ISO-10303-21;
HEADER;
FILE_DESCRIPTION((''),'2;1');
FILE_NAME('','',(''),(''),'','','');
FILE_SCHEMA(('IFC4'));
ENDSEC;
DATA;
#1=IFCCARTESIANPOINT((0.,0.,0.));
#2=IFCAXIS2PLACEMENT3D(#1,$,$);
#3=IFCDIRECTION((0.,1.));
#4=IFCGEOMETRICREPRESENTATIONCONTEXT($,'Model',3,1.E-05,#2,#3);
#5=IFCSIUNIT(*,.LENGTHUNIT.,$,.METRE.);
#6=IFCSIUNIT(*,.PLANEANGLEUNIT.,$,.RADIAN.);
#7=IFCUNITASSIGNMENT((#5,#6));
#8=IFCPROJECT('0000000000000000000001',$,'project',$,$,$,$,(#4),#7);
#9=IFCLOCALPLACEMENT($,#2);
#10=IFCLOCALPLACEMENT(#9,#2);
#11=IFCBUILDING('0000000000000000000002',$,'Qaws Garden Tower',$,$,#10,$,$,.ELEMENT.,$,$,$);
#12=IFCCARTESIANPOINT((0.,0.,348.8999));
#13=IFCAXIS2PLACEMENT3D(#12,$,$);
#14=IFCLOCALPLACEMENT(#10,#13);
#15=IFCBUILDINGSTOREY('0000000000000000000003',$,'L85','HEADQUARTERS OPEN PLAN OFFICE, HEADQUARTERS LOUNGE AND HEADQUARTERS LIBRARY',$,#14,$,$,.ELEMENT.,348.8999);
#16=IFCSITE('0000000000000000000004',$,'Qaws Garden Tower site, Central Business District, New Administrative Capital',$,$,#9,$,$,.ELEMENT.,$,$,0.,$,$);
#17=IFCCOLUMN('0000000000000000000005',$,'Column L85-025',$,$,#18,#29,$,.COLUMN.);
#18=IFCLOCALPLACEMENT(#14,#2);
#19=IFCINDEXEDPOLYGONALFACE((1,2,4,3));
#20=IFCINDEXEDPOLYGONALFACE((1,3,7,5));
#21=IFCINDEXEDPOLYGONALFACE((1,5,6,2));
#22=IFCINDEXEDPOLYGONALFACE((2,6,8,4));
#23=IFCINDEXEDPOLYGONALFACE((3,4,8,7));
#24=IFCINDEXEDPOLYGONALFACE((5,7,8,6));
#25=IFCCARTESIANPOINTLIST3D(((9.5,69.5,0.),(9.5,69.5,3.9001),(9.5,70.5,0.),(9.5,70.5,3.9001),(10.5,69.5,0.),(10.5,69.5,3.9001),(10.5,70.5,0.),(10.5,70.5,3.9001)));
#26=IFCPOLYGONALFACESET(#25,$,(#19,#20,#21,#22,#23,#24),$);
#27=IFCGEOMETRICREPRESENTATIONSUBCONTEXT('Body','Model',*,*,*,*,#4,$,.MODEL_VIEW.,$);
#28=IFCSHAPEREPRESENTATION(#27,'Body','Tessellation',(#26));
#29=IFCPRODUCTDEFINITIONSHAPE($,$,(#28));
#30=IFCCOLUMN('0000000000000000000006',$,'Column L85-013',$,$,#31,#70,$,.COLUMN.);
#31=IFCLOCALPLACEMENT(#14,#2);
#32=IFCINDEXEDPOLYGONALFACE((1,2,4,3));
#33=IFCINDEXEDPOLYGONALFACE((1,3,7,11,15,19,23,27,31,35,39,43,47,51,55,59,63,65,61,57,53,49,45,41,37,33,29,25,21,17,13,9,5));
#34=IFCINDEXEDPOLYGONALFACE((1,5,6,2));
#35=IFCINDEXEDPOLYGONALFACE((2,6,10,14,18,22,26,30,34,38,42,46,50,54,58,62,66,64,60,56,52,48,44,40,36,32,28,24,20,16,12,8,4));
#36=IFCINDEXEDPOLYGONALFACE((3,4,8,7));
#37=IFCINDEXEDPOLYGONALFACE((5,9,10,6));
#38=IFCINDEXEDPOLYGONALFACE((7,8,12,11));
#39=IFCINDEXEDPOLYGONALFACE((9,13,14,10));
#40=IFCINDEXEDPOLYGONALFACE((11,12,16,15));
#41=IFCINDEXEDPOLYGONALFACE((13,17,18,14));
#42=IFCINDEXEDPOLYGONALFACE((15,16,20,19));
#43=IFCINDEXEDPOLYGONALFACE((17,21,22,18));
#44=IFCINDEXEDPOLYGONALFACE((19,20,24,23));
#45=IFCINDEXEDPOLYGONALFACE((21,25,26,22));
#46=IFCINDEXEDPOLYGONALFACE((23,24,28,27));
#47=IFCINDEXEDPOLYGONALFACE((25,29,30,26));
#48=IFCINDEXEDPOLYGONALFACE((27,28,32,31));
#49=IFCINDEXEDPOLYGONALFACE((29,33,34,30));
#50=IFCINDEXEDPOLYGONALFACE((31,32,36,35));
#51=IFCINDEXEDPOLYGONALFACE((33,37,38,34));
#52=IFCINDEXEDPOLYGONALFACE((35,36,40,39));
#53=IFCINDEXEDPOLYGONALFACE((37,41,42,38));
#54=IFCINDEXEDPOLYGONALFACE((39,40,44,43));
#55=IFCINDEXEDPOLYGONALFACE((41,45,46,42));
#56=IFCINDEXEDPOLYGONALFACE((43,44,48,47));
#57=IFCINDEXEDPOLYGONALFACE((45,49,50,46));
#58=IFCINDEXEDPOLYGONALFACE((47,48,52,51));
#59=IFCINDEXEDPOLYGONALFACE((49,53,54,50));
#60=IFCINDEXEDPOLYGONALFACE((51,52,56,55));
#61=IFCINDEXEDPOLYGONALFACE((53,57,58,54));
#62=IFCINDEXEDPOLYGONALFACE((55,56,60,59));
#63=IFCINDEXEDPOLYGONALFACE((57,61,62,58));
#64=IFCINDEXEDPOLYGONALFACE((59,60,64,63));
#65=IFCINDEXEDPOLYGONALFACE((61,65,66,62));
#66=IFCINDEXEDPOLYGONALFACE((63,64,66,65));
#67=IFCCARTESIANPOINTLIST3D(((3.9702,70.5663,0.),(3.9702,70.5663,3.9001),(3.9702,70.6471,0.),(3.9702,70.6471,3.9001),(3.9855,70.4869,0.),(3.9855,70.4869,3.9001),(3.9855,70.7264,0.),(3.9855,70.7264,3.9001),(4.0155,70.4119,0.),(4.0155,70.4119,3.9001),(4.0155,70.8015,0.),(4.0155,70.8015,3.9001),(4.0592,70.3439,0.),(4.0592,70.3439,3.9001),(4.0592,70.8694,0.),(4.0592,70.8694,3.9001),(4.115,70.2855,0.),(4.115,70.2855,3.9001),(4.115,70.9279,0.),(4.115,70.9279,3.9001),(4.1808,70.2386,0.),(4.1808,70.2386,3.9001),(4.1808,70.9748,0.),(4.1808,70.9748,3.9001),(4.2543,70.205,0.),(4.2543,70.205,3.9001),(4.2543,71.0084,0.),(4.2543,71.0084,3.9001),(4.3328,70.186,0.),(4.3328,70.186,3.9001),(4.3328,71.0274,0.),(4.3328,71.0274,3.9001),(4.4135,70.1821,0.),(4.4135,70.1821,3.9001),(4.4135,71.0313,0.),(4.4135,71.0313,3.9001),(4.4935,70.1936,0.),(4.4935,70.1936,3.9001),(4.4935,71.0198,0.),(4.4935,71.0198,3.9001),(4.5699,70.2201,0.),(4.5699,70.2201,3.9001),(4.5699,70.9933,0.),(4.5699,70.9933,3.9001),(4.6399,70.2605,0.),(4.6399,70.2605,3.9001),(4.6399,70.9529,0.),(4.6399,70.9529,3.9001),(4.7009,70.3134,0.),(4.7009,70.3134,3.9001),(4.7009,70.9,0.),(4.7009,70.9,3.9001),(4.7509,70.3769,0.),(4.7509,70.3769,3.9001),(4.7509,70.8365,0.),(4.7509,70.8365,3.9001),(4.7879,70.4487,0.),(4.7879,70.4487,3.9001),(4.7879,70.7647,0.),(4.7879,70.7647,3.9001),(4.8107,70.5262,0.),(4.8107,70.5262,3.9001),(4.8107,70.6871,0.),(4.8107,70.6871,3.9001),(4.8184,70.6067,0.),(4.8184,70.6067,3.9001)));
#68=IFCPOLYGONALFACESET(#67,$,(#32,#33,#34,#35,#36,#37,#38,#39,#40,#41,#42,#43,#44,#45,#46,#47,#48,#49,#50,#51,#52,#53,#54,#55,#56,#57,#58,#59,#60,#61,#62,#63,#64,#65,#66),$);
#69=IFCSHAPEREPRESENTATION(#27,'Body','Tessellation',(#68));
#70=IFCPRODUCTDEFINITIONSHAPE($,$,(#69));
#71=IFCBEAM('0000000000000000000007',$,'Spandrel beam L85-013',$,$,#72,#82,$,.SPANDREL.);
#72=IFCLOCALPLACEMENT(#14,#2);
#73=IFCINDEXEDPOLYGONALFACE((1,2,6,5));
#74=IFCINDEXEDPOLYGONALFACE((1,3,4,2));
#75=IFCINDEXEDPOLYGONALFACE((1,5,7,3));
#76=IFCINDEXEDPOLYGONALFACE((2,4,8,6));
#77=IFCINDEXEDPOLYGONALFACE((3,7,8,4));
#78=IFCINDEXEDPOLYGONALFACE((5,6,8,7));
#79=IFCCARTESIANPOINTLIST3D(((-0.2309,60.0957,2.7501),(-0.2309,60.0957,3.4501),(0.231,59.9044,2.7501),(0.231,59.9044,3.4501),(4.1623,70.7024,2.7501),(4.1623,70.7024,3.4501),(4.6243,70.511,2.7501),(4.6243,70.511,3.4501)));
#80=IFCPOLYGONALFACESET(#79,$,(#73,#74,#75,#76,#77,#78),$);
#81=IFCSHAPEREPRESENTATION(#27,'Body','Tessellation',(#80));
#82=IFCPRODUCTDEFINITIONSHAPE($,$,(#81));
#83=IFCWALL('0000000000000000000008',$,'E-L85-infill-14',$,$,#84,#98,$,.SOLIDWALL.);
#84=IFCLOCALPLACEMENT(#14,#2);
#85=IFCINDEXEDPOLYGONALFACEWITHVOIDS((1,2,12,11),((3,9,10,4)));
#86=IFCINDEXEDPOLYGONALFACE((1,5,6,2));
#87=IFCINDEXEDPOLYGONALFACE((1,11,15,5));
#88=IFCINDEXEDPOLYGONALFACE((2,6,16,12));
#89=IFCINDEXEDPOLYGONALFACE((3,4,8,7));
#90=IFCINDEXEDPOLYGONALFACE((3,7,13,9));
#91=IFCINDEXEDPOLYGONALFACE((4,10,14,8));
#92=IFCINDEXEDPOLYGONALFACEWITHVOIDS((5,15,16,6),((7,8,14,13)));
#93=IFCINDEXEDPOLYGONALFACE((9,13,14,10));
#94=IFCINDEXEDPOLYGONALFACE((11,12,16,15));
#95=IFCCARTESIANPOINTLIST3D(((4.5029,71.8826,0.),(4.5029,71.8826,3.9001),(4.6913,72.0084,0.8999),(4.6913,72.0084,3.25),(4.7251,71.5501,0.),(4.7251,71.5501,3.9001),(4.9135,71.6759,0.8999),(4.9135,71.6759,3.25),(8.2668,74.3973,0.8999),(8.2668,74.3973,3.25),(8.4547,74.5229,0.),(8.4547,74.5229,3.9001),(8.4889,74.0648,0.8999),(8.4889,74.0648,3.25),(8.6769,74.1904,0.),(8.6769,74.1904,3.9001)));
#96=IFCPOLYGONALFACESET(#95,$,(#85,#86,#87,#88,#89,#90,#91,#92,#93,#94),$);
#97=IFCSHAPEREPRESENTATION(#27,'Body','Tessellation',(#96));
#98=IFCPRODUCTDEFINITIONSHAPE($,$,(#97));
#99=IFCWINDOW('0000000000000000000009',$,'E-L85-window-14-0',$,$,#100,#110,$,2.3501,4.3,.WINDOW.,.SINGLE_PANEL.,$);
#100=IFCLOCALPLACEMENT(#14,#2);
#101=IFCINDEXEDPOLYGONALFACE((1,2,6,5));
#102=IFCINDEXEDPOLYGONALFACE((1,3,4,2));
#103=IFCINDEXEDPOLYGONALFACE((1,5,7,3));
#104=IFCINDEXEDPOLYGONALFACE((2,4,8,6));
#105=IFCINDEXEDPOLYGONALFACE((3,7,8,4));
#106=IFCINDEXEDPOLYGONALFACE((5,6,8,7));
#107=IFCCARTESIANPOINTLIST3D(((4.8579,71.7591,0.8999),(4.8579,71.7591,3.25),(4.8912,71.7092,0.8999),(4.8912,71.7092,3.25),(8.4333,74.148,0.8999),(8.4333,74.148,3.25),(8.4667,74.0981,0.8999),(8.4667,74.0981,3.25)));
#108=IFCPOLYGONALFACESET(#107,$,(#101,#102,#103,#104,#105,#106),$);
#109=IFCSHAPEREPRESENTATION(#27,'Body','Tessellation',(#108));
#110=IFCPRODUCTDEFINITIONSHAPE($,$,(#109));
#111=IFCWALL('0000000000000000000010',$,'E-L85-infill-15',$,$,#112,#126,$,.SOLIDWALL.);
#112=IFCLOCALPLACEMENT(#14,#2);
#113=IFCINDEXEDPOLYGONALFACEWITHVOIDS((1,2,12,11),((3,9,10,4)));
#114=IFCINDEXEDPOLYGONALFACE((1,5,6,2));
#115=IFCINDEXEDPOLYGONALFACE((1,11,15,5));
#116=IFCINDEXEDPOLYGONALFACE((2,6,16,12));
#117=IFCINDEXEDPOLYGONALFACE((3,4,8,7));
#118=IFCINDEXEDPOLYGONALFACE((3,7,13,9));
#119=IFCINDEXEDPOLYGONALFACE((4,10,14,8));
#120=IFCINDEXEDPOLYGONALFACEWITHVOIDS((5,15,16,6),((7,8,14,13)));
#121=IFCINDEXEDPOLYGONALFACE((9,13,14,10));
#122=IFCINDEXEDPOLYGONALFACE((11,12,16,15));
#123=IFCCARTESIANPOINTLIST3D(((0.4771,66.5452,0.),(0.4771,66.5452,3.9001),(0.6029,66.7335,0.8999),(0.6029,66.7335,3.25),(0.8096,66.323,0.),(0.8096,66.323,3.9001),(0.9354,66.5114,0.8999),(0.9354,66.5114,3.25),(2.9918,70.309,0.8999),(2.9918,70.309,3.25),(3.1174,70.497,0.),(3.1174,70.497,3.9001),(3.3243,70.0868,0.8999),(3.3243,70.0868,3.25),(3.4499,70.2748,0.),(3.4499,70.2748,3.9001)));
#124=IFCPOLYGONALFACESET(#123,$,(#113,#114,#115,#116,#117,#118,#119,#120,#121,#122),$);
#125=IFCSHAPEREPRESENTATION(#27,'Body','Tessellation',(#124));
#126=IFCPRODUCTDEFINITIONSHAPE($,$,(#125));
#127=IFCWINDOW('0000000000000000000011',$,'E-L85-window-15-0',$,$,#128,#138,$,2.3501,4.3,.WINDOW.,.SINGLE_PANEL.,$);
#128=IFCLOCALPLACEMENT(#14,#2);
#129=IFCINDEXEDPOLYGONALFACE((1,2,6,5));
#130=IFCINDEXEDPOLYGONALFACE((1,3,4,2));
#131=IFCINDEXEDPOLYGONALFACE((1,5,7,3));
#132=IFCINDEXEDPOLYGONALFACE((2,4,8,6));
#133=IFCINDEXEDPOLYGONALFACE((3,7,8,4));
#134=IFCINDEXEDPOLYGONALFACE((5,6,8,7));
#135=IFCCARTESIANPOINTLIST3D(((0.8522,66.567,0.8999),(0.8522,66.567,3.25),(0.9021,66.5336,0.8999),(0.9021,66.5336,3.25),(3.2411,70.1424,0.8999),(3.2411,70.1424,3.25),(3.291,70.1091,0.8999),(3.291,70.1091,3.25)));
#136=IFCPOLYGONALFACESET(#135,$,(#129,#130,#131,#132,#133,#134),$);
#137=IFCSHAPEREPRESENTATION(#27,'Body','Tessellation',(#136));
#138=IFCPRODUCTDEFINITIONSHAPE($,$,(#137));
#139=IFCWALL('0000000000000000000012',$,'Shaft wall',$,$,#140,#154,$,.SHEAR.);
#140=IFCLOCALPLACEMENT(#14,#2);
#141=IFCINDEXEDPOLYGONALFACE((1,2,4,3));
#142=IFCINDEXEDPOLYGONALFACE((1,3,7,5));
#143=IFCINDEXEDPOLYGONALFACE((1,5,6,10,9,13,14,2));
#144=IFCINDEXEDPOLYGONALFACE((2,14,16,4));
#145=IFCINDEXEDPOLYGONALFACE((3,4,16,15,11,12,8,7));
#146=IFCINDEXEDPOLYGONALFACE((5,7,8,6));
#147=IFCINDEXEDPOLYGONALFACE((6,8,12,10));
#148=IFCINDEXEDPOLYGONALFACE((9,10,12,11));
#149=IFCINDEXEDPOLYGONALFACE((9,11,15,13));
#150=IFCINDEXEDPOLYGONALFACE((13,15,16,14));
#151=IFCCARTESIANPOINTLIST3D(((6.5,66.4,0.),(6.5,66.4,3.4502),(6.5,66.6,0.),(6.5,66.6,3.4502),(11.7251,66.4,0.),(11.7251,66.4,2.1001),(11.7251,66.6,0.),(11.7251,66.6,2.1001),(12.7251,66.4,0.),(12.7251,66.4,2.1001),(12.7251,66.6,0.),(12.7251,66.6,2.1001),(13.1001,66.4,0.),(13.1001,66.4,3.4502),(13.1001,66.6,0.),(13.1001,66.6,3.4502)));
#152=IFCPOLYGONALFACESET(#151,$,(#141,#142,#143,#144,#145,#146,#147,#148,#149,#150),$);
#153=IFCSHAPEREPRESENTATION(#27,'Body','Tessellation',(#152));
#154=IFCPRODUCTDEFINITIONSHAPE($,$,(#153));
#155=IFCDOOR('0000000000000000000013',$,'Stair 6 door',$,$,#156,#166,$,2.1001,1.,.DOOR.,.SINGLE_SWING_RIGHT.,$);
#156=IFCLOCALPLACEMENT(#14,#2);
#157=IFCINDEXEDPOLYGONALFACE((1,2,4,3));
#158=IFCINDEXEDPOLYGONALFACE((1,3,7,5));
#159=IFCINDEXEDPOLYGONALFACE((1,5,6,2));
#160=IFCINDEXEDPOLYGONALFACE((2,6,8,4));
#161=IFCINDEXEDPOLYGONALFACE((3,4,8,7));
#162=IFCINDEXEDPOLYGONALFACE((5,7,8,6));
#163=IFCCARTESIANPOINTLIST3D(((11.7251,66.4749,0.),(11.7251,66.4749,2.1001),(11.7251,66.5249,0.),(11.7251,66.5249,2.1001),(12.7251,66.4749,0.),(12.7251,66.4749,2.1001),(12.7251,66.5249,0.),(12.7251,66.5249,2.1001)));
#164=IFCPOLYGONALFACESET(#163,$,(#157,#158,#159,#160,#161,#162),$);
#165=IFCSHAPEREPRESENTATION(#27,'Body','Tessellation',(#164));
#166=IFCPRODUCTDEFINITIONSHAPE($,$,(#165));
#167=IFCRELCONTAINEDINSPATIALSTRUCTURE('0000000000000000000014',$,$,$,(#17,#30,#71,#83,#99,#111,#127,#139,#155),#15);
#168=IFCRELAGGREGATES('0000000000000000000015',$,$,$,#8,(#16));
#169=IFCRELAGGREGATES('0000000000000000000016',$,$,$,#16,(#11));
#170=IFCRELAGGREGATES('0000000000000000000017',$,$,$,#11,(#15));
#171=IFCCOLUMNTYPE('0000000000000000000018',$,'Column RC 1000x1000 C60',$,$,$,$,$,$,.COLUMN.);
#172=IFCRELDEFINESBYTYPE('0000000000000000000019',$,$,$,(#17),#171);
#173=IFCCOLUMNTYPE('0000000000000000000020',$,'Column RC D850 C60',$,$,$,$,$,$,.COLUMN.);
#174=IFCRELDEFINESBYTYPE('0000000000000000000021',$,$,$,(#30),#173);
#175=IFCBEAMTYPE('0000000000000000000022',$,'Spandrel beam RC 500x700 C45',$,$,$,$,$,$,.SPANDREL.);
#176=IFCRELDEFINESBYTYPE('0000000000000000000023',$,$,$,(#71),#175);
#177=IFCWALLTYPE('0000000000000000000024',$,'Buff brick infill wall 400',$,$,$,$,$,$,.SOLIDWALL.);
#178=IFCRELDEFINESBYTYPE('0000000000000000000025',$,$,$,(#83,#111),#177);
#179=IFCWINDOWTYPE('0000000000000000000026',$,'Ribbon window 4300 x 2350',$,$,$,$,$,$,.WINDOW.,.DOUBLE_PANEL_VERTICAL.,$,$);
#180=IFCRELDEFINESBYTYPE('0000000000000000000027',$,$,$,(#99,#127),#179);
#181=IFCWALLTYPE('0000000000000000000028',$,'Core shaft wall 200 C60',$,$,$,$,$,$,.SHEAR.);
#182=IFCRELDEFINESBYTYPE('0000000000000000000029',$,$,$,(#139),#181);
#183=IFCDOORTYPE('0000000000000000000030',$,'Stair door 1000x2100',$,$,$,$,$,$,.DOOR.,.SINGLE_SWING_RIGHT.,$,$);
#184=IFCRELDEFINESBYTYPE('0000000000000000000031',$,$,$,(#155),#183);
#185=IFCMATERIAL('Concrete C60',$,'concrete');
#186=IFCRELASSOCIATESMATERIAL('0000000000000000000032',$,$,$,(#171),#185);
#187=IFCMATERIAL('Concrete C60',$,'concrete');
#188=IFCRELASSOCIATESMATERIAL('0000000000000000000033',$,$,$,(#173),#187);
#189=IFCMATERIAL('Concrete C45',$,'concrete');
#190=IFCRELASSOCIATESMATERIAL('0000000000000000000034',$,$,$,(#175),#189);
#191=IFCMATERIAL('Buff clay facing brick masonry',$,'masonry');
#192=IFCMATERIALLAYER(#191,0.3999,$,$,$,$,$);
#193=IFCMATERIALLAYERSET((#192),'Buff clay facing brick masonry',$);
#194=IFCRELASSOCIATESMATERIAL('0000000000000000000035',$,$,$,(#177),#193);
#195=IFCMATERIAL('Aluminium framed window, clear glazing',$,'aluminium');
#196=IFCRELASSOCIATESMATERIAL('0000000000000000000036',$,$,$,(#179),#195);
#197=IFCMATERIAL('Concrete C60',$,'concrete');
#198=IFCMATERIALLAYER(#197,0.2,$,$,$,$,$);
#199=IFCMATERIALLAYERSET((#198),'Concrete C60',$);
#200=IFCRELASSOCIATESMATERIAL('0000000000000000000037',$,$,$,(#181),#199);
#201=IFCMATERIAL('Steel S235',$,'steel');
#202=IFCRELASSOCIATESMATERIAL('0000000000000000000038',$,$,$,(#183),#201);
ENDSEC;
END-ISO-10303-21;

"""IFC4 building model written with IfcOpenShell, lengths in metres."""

from ifc_helpers import new_model, si_unit, direction, frame, frame_2d, origin, origin_2d, place, context, subcontext, project, spatial, rectangle, circle, extrude, material, layer, layer_set, material_profile, profile_set, type_object, element, fill, save


model = new_model("IFC4")

# Units and contexts
model_context = context("Model", 3, precision=1e-05, world=origin(), true_north=direction((0.0, 1.0)))
body_context = subcontext(model_context, "Body", "Model", "MODEL_VIEW")
ifc_project = project(units=[si_unit("LENGTHUNIT", "METRE"), si_unit("PLANEANGLEUNIT", "RADIAN")], contexts=[model_context])

# Site, building, storey
site_placement = place(None, origin())
site = spatial("IfcSite", under=ifc_project, at=site_placement, Name="Qaws Garden Tower site, Central Business District, New Administrative Capital", CompositionType="ELEMENT", RefElevation=0.0)
building_placement = place(site_placement, origin())
building = spatial("IfcBuilding", under=site, at=building_placement, Name="Qaws Garden Tower", CompositionType="ELEMENT")
storey_placement = place(building_placement, frame((0.0, 0.0, 348.8999)))
storey = spatial("IfcBuildingStorey", under=building, at=storey_placement, Name="L85", Description="HEADQUARTERS OPEN PLAN OFFICE, HEADQUARTERS LOUNGE AND HEADQUARTERS LIBRARY", CompositionType="ELEMENT", Elevation=348.8999)

# Columns
ifc_material_1 = material(Name="Concrete C60", Category="concrete")
ifc_material_profile_1 = material_profile(ifc_material_1, rectangle(XDim=1.0, YDim=1.0, at=origin_2d()), Name="RC 1000x1000")
ifc_profile_set_1 = profile_set([ifc_material_profile_1], Name="Concrete C60")
column_type_1 = type_object("IfcColumnType", Name="Column RC 1000x1000 C60", PredefinedType="COLUMN", material=ifc_profile_set_1)
column_1_placement = place(storey_placement, frame((10.0, 70.0, 0.0), z_axis=(0.0, 0.0, 1.0), x_axis=(1.0, 0.0, 0.0)))
element("IfcColumn", 1, at=column_1_placement, inside=storey, type_object=column_type_1, Name="Column L85-025", PredefinedType="COLUMN", context=body_context, shape_type="SweptSolid", body=[
    extrude(rectangle(XDim=1.0, YDim=1.0, at=origin_2d()), origin(), (0.0, 0.0, 1.0), 3.9001),
])
ifc_material_2 = material(Name="Concrete C60", Category="concrete")
ifc_material_profile_2 = material_profile(ifc_material_2, circle(Radius=0.425, at=origin_2d()), Name="RC D850")
ifc_profile_set_2 = profile_set([ifc_material_profile_2], Name="Concrete C60")
column_type_2 = type_object("IfcColumnType", Name="Column RC D850 C60", PredefinedType="COLUMN", material=ifc_profile_set_2)
column_2_placement = place(storey_placement, frame((4.3933, 70.6067, 0.0), z_axis=(0.0, 0.0, 1.0), x_axis=(1.0, 0.0, 0.0)))
element("IfcColumn", 2, at=column_2_placement, inside=storey, type_object=column_type_2, Name="Column L85-013", PredefinedType="COLUMN", context=body_context, shape_type="SweptSolid", body=[
    extrude(circle(Radius=0.425, at=origin_2d()), origin(), (0.0, 0.0, 1.0), 3.9001),
])

# Beam
ifc_material_3 = material(Name="Concrete C45", Category="concrete")
ifc_material_profile_3 = material_profile(ifc_material_3, rectangle(XDim=0.5, YDim=0.7, at=origin_2d()), Name="RC 500x700")
ifc_profile_set_3 = profile_set([ifc_material_profile_3], Name="Concrete C45")
beam_type = type_object("IfcBeamType", Name="Spandrel beam RC 500x700 C45", PredefinedType="SPANDREL", material=ifc_profile_set_3)
beam_placement = place(storey_placement, frame((4.3933, 70.6067, 3.1001), z_axis=(-0.382674, -0.923883, 0.0), x_axis=(0.923883, -0.382674, 0.0)))
element("IfcBeam", 3, at=beam_placement, inside=storey, type_object=beam_type, Name="Spandrel beam L85-013", PredefinedType="SPANDREL", context=body_context, shape_type="SweptSolid", body=[
    extrude(rectangle(XDim=0.5, YDim=0.7, at=origin_2d()), origin(), (0.0, 0.0, 1.0), 11.4805),
])

# Walls, openings, windows
ifc_material_4 = material(Name="Buff clay facing brick masonry", Category="masonry")
ifc_layer_1 = layer(ifc_material_4, 0.3999)
ifc_layer_set_1 = layer_set([ifc_layer_1], Name="Buff clay facing brick masonry")
wall_type_1 = type_object("IfcWallType", Name="Buff brick infill wall 400", PredefinedType="SOLIDWALL", material=ifc_layer_set_1)
wall_1_placement = place(storey_placement, frame((8.5659, 74.3567, 0.0), z_axis=(0.0, 0.0, 1.0), x_axis=(-0.831489, -0.555542, 0.0)))
wall_1 = element("IfcWall", 4, at=wall_1_placement, inside=storey, type_object=wall_type_1, Name="E-L85-infill-14", PredefinedType="SOLIDWALL", context=body_context, shape_type="SweptSolid", body=[
    extrude(rectangle(XDim=4.7527, YDim=0.3999, at=frame_2d((2.3765, 0.0))), origin(), (0.0, 0.0, 1.0), 3.9001),
])
opening_1_placement = place(wall_1_placement, frame((0.2263, 0.0, 0.8999)))
opening_1 = element("IfcOpeningElement", 5, at=opening_1_placement, cuts=wall_1, PredefinedType="OPENING", context=body_context, shape_type="SweptSolid", body=[
    extrude(rectangle(XDim=4.3, YDim=2.3501, at=frame_2d((2.1499, 1.175))), frame((0.0, 0.21, 0.0), z_axis=(0.0, -1.0, 0.0), x_axis=(1.0, 0.0, 0.0)), (0.0, 0.0, 1.0), 0.4199),
])
ifc_material_5 = material(Name="Aluminium framed window, clear glazing", Category="aluminium")
window_type = type_object("IfcWindowType", Name="Ribbon window 4300 x 2350", PartitioningType="DOUBLE_PANEL_VERTICAL", PredefinedType="WINDOW", material=ifc_material_5)
window_1_placement = place(opening_1_placement, origin())
window_1 = element("IfcWindow", 6, at=window_1_placement, inside=storey, type_object=window_type, Name="E-L85-window-14-0", OverallHeight=2.3501, OverallWidth=4.3, PartitioningType="SINGLE_PANEL", PredefinedType="WINDOW", context=body_context, shape_type="SweptSolid", body=[
    extrude(rectangle(XDim=4.3, YDim=2.3501, at=frame_2d((2.1499, 1.175))), frame((0.0, 0.1599, 0.0), z_axis=(0.0, -1.0, 0.0), x_axis=(1.0, 0.0, 0.0)), (0.0, 0.0, 1.0), 0.0601),
])
fill(opening_1, window_1)
wall_2_placement = place(storey_placement, frame((3.2837, 70.386, 0.0), z_axis=(0.0, 0.0, 1.0), x_axis=(-0.555542, -0.831489, 0.0)))
wall_2 = element("IfcWall", 7, at=wall_2_placement, inside=storey, type_object=wall_type_1, Name="E-L85-infill-15", PredefinedType="SOLIDWALL", context=body_context, shape_type="SweptSolid", body=[
    extrude(rectangle(XDim=4.7527, YDim=0.3999, at=frame_2d((2.3765, 0.0))), origin(), (0.0, 0.0, 1.0), 3.9001),
])
opening_2_placement = place(wall_2_placement, frame((0.2263, 0.0, 0.8999)))
opening_2 = element("IfcOpeningElement", 8, at=opening_2_placement, cuts=wall_2, PredefinedType="OPENING", context=body_context, shape_type="SweptSolid", body=[
    extrude(rectangle(XDim=4.3, YDim=2.3501, at=frame_2d((2.1499, 1.175))), frame((0.0, 0.21, 0.0), z_axis=(0.0, -1.0, 0.0), x_axis=(1.0, 0.0, 0.0)), (0.0, 0.0, 1.0), 0.4199),
])
window_2_placement = place(opening_2_placement, origin())
window_2 = element("IfcWindow", 9, at=window_2_placement, inside=storey, type_object=window_type, Name="E-L85-window-15-0", OverallHeight=2.3501, OverallWidth=4.3, PartitioningType="SINGLE_PANEL", PredefinedType="WINDOW", context=body_context, shape_type="SweptSolid", body=[
    extrude(rectangle(XDim=4.3, YDim=2.3501, at=frame_2d((2.1499, 1.175))), frame((0.0, 0.1599, 0.0), z_axis=(0.0, -1.0, 0.0), x_axis=(1.0, 0.0, 0.0)), (0.0, 0.0, 1.0), 0.0601),
])
fill(opening_2, window_2)

# Wall, opening, door
ifc_material_6 = material(Name="Concrete C60", Category="concrete")
ifc_layer_2 = layer(ifc_material_6, 0.2)
ifc_layer_set_2 = layer_set([ifc_layer_2], Name="Concrete C60")
wall_type_2 = type_object("IfcWallType", Name="Core shaft wall 200 C60", PredefinedType="SHEAR", material=ifc_layer_set_2)
wall_3_placement = place(storey_placement, frame((6.5, 66.5, 0.0), z_axis=(0.0, 0.0, 1.0), x_axis=(1.0, 0.0, 0.0)))
wall_3 = element("IfcWall", 10, at=wall_3_placement, inside=storey, type_object=wall_type_2, Name="Shaft wall", PredefinedType="SHEAR", context=body_context, shape_type="SweptSolid", body=[
    extrude(rectangle(XDim=6.6001, YDim=0.2, at=frame_2d((3.3, 0.0))), origin(), (0.0, 0.0, 1.0), 3.4502),
])
opening_3_placement = place(wall_3_placement, frame((5.2251, 0.0, 0.0)))
opening_3 = element("IfcOpeningElement", 11, at=opening_3_placement, cuts=wall_3, PredefinedType="OPENING", context=body_context, shape_type="SweptSolid", body=[
    extrude(rectangle(XDim=1.0, YDim=2.1001, at=frame_2d((0.5, 1.05))), frame((0.0, 0.1099, 0.0), z_axis=(0.0, -1.0, 0.0), x_axis=(1.0, 0.0, 0.0)), (0.0, 0.0, 1.0), 0.22),
])
ifc_material_7 = material(Name="Steel S235", Category="steel")
door_type = type_object("IfcDoorType", Name="Stair door 1000x2100", OperationType="SINGLE_SWING_RIGHT", PredefinedType="DOOR", material=ifc_material_7)
door_1_placement = place(opening_3_placement, origin())
door_1 = element("IfcDoor", 12, at=door_1_placement, inside=storey, type_object=door_type, Name="Stair 6 door", OperationType="SINGLE_SWING_RIGHT", OverallHeight=2.1001, OverallWidth=1.0, PredefinedType="DOOR", context=body_context, shape_type="SweptSolid", body=[
    extrude(rectangle(XDim=1.0, YDim=2.1001, at=frame_2d((0.5, 1.05))), frame((0.0, 0.0249, 0.0), z_axis=(0.0, -1.0, 0.0), x_axis=(1.0, 0.0, 0.0)), (0.0, 0.0, 1.0), 0.05),
])
fill(opening_3, door_1)

save(model, "model.ifc")
